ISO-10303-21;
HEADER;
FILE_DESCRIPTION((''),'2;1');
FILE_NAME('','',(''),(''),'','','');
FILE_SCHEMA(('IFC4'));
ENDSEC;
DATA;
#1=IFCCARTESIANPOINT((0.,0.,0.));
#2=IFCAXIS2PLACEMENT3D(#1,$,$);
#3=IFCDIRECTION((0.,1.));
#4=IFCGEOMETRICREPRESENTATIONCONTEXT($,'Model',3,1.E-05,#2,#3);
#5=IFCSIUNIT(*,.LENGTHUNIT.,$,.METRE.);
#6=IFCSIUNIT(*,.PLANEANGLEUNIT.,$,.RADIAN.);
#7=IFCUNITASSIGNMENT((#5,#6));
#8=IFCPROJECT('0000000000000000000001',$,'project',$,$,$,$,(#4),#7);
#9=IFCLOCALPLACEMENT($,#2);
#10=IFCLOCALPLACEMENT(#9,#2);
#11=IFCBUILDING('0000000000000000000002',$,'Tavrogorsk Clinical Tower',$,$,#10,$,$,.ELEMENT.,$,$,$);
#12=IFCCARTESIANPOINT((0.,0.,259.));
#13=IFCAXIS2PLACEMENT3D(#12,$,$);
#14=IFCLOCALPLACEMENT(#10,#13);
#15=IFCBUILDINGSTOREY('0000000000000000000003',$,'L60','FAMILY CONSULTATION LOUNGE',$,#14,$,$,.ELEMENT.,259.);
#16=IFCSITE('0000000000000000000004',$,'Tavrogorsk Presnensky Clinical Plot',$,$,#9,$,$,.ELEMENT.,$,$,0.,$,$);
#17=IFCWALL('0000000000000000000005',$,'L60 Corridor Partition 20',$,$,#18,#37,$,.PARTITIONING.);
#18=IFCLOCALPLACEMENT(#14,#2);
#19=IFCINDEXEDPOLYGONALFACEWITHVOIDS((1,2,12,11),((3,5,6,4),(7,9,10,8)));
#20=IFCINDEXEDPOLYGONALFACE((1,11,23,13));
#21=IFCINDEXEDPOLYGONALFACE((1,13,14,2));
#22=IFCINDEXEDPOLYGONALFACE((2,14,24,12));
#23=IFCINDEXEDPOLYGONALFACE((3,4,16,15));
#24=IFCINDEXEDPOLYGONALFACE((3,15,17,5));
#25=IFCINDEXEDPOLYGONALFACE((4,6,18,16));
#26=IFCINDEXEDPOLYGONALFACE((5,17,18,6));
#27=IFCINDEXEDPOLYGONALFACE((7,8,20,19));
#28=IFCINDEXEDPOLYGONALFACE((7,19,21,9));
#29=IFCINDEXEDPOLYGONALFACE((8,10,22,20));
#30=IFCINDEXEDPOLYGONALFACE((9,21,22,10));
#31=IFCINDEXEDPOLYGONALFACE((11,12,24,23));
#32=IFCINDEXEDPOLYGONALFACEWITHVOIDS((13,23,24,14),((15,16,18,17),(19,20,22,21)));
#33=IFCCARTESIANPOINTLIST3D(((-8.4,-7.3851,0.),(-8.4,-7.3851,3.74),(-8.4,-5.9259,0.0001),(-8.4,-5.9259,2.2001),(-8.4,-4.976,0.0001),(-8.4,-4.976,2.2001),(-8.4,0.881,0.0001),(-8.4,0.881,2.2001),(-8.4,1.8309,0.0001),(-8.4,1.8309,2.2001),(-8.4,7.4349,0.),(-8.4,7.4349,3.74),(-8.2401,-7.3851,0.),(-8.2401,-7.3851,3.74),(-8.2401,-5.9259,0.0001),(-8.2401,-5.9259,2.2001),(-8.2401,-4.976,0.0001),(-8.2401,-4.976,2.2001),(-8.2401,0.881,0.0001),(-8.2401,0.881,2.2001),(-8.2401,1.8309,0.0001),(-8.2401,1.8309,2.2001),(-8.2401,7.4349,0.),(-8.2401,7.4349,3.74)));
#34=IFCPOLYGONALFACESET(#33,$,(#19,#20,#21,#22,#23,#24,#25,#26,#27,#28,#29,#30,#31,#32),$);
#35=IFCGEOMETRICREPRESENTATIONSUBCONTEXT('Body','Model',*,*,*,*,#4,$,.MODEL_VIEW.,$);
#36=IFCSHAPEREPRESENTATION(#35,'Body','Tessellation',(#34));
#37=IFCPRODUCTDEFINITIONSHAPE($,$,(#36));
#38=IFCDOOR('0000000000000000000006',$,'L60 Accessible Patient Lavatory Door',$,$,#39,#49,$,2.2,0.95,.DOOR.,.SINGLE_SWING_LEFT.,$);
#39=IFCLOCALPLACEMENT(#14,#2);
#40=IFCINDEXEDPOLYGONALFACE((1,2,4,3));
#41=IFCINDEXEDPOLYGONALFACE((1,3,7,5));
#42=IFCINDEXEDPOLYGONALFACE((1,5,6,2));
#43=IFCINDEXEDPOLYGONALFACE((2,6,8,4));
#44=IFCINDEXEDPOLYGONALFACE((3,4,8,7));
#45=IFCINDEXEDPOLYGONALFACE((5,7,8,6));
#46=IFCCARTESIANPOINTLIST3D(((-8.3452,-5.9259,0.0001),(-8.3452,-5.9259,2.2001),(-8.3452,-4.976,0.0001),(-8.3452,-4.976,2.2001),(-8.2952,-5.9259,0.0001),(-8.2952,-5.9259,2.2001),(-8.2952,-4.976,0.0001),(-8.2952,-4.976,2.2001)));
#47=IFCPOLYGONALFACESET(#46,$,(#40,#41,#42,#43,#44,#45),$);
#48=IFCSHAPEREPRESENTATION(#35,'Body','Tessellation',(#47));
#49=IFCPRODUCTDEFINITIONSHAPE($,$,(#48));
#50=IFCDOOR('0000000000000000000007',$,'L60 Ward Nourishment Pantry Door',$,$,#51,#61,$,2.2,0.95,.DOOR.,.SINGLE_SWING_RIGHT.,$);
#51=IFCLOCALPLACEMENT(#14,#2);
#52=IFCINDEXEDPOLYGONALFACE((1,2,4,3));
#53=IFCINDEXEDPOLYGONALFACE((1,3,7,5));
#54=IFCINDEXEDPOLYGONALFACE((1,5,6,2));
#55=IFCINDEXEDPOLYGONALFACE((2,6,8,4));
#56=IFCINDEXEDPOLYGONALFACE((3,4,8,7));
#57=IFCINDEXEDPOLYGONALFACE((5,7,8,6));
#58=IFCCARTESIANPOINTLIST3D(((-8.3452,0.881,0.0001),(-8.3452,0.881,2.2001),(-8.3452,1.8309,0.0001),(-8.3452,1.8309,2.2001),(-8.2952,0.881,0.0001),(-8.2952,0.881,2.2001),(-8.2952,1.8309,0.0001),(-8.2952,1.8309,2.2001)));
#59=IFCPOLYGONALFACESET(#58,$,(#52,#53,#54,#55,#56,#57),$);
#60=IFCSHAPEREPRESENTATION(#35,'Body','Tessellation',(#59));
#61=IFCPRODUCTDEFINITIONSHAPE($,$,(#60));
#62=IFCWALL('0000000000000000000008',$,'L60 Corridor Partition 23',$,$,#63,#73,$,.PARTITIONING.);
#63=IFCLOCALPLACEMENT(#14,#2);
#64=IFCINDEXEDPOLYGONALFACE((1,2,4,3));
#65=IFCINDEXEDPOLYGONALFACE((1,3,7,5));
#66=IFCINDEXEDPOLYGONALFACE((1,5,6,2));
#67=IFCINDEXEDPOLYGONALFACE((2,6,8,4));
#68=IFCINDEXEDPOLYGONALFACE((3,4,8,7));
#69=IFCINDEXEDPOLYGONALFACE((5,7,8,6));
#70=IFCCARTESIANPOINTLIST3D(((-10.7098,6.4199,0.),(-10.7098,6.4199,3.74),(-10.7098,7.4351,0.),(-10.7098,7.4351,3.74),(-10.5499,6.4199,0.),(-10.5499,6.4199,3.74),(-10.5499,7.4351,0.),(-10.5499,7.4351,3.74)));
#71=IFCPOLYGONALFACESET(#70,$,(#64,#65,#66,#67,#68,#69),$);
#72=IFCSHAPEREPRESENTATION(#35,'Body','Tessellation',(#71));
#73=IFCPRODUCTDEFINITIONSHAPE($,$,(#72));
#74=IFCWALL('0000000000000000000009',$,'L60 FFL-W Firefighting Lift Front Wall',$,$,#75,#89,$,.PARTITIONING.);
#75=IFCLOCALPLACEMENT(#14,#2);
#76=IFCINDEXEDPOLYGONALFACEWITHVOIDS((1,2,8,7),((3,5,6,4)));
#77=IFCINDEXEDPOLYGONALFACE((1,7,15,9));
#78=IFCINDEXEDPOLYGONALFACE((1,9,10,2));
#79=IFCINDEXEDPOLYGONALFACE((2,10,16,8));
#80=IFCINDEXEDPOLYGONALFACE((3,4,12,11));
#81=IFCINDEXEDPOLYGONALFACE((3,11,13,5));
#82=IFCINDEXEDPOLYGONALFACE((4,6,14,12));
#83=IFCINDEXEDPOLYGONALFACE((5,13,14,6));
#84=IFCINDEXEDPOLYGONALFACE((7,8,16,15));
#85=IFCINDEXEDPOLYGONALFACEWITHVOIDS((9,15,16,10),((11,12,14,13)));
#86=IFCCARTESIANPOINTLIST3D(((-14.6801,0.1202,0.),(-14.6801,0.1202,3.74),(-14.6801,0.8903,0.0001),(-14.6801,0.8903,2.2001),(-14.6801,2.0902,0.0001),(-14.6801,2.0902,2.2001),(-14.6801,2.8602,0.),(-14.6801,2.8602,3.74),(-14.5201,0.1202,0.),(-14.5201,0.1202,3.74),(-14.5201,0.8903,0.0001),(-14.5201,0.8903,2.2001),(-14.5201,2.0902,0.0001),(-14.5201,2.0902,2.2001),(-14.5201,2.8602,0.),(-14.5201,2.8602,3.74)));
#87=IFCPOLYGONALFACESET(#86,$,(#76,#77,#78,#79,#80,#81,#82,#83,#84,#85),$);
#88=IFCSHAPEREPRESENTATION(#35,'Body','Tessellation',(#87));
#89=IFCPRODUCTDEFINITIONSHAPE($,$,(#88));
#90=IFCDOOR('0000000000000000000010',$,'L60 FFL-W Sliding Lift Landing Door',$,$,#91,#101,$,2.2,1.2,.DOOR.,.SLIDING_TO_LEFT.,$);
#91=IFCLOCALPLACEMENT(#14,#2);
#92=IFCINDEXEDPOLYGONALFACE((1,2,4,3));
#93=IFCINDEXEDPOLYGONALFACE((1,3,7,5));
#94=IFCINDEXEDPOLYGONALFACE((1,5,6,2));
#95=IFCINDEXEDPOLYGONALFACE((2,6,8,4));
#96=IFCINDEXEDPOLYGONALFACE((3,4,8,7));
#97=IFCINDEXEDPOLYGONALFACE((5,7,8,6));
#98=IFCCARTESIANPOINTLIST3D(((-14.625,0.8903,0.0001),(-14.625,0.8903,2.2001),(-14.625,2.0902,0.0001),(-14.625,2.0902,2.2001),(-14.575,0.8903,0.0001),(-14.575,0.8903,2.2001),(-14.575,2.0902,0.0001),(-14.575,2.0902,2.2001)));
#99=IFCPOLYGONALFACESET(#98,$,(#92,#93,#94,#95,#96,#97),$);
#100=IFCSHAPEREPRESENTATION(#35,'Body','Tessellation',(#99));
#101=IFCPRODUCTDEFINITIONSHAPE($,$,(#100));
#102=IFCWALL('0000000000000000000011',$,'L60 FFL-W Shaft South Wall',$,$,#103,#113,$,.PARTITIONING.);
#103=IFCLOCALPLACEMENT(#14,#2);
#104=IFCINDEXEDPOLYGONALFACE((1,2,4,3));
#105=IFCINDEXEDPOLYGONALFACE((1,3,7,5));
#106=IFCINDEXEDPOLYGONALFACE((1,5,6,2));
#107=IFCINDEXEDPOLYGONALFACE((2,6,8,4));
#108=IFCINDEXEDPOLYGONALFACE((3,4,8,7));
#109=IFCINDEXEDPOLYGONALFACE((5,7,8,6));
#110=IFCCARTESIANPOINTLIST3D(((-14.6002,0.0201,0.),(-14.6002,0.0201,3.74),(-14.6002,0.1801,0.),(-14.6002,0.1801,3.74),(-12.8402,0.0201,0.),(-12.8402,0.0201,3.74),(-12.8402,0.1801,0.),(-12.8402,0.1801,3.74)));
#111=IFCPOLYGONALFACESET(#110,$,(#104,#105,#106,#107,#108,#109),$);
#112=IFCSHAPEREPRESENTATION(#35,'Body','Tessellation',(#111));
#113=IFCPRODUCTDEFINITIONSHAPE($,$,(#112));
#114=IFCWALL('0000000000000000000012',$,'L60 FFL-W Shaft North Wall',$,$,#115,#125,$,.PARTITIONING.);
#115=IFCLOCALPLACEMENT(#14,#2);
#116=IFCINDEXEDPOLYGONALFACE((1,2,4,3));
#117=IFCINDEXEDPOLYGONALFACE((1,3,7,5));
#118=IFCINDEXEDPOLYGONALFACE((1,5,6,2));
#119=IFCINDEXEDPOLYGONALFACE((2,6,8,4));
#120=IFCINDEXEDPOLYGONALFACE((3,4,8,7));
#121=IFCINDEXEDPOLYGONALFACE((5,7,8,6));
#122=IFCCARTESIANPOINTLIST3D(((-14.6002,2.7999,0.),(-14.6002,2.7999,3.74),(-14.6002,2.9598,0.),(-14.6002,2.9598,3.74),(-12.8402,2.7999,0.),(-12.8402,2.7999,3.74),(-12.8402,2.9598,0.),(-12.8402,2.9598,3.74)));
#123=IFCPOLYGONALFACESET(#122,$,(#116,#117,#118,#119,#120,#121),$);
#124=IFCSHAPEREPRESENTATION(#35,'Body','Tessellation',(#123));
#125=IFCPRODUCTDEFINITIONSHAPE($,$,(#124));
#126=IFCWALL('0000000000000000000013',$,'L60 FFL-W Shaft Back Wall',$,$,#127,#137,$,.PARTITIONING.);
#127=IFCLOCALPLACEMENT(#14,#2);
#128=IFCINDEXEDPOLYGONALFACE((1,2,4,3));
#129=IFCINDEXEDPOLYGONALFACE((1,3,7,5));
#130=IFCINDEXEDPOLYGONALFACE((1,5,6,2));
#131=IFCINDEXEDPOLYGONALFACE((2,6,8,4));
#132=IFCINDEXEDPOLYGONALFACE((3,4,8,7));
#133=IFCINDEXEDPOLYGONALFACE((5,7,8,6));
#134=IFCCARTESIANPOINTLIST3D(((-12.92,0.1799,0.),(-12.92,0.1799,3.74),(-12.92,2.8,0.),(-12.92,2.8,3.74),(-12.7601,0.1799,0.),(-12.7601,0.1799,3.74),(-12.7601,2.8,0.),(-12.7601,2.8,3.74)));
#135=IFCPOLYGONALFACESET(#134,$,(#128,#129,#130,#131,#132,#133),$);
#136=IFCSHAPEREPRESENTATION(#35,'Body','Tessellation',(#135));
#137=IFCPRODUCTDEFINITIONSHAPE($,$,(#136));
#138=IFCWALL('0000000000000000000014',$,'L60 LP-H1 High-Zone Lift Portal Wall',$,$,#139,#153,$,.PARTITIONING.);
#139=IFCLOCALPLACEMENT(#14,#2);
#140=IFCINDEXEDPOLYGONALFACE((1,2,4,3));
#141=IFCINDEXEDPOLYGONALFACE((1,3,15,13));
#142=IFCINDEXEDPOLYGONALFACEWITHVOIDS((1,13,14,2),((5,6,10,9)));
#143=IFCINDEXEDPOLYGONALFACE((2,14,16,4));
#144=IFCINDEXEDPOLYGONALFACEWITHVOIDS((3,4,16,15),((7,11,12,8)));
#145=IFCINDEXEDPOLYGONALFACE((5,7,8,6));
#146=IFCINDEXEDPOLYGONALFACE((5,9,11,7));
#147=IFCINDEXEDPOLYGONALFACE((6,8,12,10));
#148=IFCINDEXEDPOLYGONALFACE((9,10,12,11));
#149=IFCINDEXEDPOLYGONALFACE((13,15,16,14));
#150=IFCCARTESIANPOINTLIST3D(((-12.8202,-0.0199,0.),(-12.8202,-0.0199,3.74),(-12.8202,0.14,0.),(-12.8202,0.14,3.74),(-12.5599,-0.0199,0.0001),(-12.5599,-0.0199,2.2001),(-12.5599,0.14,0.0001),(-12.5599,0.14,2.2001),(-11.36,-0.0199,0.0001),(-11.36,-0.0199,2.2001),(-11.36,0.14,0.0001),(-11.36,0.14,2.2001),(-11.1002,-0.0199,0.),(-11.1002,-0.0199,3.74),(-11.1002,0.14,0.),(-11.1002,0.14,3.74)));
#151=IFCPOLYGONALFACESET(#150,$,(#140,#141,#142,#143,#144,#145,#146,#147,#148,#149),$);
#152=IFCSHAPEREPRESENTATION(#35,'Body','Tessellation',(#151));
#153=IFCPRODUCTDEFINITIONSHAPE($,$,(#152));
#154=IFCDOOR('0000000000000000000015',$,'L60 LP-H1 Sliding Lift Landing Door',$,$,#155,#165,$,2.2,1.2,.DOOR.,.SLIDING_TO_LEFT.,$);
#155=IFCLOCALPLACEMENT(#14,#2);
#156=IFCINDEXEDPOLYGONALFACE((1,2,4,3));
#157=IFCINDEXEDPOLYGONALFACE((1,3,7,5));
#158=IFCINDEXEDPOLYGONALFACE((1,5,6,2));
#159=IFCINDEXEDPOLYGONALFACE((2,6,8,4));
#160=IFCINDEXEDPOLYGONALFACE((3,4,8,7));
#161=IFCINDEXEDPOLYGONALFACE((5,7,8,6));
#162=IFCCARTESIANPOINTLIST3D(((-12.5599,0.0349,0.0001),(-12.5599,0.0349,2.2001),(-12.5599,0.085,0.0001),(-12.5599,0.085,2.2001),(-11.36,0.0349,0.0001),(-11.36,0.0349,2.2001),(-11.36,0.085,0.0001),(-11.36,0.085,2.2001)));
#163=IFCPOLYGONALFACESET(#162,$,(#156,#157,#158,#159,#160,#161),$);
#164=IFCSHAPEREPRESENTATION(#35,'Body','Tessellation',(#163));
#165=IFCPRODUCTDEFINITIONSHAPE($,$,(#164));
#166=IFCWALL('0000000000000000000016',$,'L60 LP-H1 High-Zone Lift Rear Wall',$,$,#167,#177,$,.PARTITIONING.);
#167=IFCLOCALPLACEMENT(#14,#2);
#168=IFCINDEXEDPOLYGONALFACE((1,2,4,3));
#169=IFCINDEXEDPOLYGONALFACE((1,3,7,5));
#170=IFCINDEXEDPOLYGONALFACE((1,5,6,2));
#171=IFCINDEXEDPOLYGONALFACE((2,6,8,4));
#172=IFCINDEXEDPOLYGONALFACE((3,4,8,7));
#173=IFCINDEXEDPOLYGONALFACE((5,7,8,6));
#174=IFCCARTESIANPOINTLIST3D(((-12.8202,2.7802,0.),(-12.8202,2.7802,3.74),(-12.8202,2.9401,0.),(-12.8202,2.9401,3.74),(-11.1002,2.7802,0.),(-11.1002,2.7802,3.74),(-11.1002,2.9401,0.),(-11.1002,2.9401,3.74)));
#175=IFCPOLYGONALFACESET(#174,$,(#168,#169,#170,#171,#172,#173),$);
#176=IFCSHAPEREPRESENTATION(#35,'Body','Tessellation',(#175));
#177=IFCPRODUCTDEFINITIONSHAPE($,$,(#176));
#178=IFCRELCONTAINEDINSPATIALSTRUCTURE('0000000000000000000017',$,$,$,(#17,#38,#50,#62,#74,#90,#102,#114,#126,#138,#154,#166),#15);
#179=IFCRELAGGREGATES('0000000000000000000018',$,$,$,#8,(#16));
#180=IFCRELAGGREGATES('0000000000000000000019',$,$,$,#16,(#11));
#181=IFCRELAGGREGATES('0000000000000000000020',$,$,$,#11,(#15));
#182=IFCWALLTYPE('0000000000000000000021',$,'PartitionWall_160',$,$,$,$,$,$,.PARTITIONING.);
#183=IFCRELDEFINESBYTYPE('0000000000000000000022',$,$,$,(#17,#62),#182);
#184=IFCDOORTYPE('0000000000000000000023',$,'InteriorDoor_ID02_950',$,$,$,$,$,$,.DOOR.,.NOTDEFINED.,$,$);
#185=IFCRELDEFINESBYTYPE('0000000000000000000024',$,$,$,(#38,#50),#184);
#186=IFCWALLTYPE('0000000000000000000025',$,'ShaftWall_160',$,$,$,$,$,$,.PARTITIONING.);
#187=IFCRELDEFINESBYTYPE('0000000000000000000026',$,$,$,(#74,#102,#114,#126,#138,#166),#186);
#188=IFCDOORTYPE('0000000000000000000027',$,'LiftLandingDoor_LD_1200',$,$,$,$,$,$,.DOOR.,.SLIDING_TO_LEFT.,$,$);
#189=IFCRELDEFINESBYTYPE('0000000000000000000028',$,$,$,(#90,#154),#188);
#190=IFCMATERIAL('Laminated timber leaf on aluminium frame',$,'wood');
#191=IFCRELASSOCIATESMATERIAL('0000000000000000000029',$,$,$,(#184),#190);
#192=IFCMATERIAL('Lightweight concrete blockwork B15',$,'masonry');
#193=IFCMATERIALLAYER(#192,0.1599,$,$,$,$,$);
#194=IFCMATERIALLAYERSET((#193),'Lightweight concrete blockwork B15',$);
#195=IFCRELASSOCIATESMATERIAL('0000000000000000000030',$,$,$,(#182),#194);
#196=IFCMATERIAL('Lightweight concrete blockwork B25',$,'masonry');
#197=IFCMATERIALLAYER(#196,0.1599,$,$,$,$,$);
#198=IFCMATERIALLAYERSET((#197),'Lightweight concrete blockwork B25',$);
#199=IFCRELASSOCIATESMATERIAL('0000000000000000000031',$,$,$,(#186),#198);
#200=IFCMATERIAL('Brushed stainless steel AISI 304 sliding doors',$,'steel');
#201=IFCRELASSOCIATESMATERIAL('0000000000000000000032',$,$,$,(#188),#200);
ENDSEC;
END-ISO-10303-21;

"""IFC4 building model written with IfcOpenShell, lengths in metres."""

from ifc_helpers import new_model, si_unit, direction, frame, frame_2d, origin, place, context, subcontext, project, spatial, rectangle, extrude, material, layer, layer_set, type_object, element, fill, save


model = new_model("IFC4")

# Units and contexts
model_context = context("Model", 3, precision=1e-05, world=origin(), true_north=direction((0.0, 1.0)))
body_context = subcontext(model_context, "Body", "Model", "MODEL_VIEW")
ifc_project = project(units=[si_unit("LENGTHUNIT", "METRE"), si_unit("PLANEANGLEUNIT", "RADIAN")], contexts=[model_context])

# Site, building, storey
site_placement = place(None, origin())
site = spatial("IfcSite", under=ifc_project, at=site_placement, Name="Tavrogorsk Presnensky Clinical Plot", CompositionType="ELEMENT", RefElevation=0.0)
building_placement = place(site_placement, origin())
building = spatial("IfcBuilding", under=site, at=building_placement, Name="Tavrogorsk Clinical Tower", CompositionType="ELEMENT")
storey_placement = place(building_placement, frame((0.0, 0.0, 259.0)))
storey = spatial("IfcBuildingStorey", under=building, at=storey_placement, Name="L60", Description="FAMILY CONSULTATION LOUNGE", CompositionType="ELEMENT", Elevation=259.0)

# Shared definitions
ifc_material_1 = material(Name="Laminated timber leaf on aluminium frame", Category="wood")
door_type_1 = type_object("IfcDoorType", Name="InteriorDoor_ID02_950", OperationType="NOTDEFINED", PredefinedType="DOOR", material=ifc_material_1)

# Wall, openings, doors
ifc_material_2 = material(Name="Lightweight concrete blockwork B15", Category="masonry")
ifc_layer_1 = layer(ifc_material_2, 0.1599)
ifc_layer_set_1 = layer_set([ifc_layer_1], Name="Lightweight concrete blockwork B15")
wall_type_1 = type_object("IfcWallType", Name="PartitionWall_160", PredefinedType="PARTITIONING", material=ifc_layer_set_1)
wall_1_placement = place(storey_placement, frame((-8.3201, 7.4351, 0.0), z_axis=(0.0, 0.0, 1.0), x_axis=(0.0, -1.0, 0.0)))
wall_1 = element("IfcWall", 1, at=wall_1_placement, inside=storey, type_object=wall_type_1, Name="L60 Corridor Partition 20", PredefinedType="PARTITIONING", context=body_context, shape_type="SweptSolid", body=[
    extrude(rectangle(XDim=14.8201, YDim=0.1599, at=frame_2d((7.4102, 0.0))), origin(), (0.0, 0.0, 1.0), 3.74),
])
opening_1_placement = place(wall_1_placement, frame((12.4109, 0.0, 0.0)))
opening_1 = element("IfcOpeningElement", 2, at=opening_1_placement, cuts=wall_1, PredefinedType="OPENING", context=body_context, shape_type="SweptSolid", body=[
    extrude(rectangle(XDim=0.95, YDim=2.2, at=frame_2d((0.4751, 1.1001))), frame((0.0, 0.0898, 0.0), z_axis=(0.0, -1.0, 0.0), x_axis=(1.0, 0.0, 0.0)), (0.0, 0.0, 1.0), 0.1799),
])
opening_2_placement = place(wall_1_placement, frame((5.604, 0.0, 0.0)))
opening_2 = element("IfcOpeningElement", 3, at=opening_2_placement, cuts=wall_1, PredefinedType="OPENING", context=body_context, shape_type="SweptSolid", body=[
    extrude(rectangle(XDim=0.95, YDim=2.2, at=frame_2d((0.4751, 1.1001))), frame((0.0, 0.0898, 0.0), z_axis=(0.0, -1.0, 0.0), x_axis=(1.0, 0.0, 0.0)), (0.0, 0.0, 1.0), 0.1799),
])
door_1_placement = place(opening_1_placement, origin())
door_1 = element("IfcDoor", 4, at=door_1_placement, inside=storey, type_object=door_type_1, Name="L60 Accessible Patient Lavatory Door", OperationType="SINGLE_SWING_LEFT", OverallHeight=2.2, OverallWidth=0.95, PredefinedType="DOOR", context=body_context, shape_type="SweptSolid", body=[
    extrude(rectangle(XDim=0.95, YDim=2.2, at=frame_2d((0.4751, 1.1001))), frame((0.0, 0.0249, 0.0), z_axis=(0.0, -1.0, 0.0), x_axis=(1.0, 0.0, 0.0)), (0.0, 0.0, 1.0), 0.05),
])
fill(opening_1, door_1)
door_2_placement = place(opening_2_placement, origin())
door_2 = element("IfcDoor", 5, at=door_2_placement, inside=storey, type_object=door_type_1, Name="L60 Ward Nourishment Pantry Door", OperationType="SINGLE_SWING_RIGHT", OverallHeight=2.2, OverallWidth=0.95, PredefinedType="DOOR", context=body_context, shape_type="SweptSolid", body=[
    extrude(rectangle(XDim=0.95, YDim=2.2, at=frame_2d((0.4751, 1.1001))), frame((0.0, 0.0249, 0.0), z_axis=(0.0, -1.0, 0.0), x_axis=(1.0, 0.0, 0.0)), (0.0, 0.0, 1.0), 0.05),
])
fill(opening_2, door_2)

# Wall
wall_2_placement = place(storey_placement, frame((-10.6299, 6.4199, 0.0), z_axis=(0.0, 0.0, 1.0), x_axis=(0.0, 1.0, 0.0)))
element("IfcWall", 6, at=wall_2_placement, inside=storey, type_object=wall_type_1, Name="L60 Corridor Partition 23", PredefinedType="PARTITIONING", context=body_context, shape_type="SweptSolid", body=[
    extrude(rectangle(XDim=1.0151, YDim=0.1599, at=frame_2d((0.5076, 0.0))), origin(), (0.0, 0.0, 1.0), 3.74),
])

# Wall, opening, door
ifc_material_3 = material(Name="Lightweight concrete blockwork B25", Category="masonry")
ifc_layer_2 = layer(ifc_material_3, 0.1599)
ifc_layer_set_2 = layer_set([ifc_layer_2], Name="Lightweight concrete blockwork B25")
wall_type_2 = type_object("IfcWallType", Name="ShaftWall_160", PredefinedType="PARTITIONING", material=ifc_layer_set_2)
wall_3_placement = place(storey_placement, frame((-14.6001, 0.1201, 0.0), z_axis=(0.0, 0.0, 1.0), x_axis=(0.0, 1.0, 0.0)))
wall_3 = element("IfcWall", 7, at=wall_3_placement, inside=storey, type_object=wall_type_2, Name="L60 FFL-W Firefighting Lift Front Wall", PredefinedType="PARTITIONING", context=body_context, shape_type="SweptSolid", body=[
    extrude(rectangle(XDim=2.74, YDim=0.1599, at=frame_2d((1.3701, 0.0))), origin(), (0.0, 0.0, 1.0), 3.74),
])
opening_3_placement = place(wall_3_placement, frame((0.77, 0.0, 0.0)))
opening_3 = element("IfcOpeningElement", 8, at=opening_3_placement, cuts=wall_3, PredefinedType="OPENING", context=body_context, shape_type="SweptSolid", body=[
    extrude(rectangle(XDim=1.2, YDim=2.2, at=frame_2d((0.6001, 1.1001))), frame((0.0, 0.0898, 0.0), z_axis=(0.0, -1.0, 0.0), x_axis=(1.0, 0.0, 0.0)), (0.0, 0.0, 1.0), 0.1799),
])
ifc_material_4 = material(Name="Brushed stainless steel AISI 304 sliding doors", Category="steel")
door_type_2 = type_object("IfcDoorType", Name="LiftLandingDoor_LD_1200", OperationType="SLIDING_TO_LEFT", PredefinedType="DOOR", material=ifc_material_4)
door_3_placement = place(opening_3_placement, origin())
door_3 = element("IfcDoor", 9, at=door_3_placement, inside=storey, type_object=door_type_2, Name="L60 FFL-W Sliding Lift Landing Door", OperationType="SLIDING_TO_LEFT", OverallHeight=2.2, OverallWidth=1.2, PredefinedType="DOOR", context=body_context, shape_type="SweptSolid", body=[
    extrude(rectangle(XDim=1.2, YDim=2.2, at=frame_2d((0.6001, 1.1001))), frame((0.0, 0.0249, 0.0), z_axis=(0.0, -1.0, 0.0), x_axis=(1.0, 0.0, 0.0)), (0.0, 0.0, 1.0), 0.05),
])
fill(opening_3, door_3)

# Walls
for number, where, z_axis, x_axis, name in (
    (10, (-14.6001, 0.1001, 0.0), (0.0, 0.0, 1.0), (1.0, 0.0, 0.0), "L60 FFL-W Shaft South Wall"),
    (11, (-14.6001, 2.8799, 0.0), (0.0, 0.0, 1.0), (1.0, 0.0, 0.0), "L60 FFL-W Shaft North Wall"),
):
    element("IfcWall", number, at=place(storey_placement, frame(where, z_axis=z_axis, x_axis=x_axis)), inside=storey, type_object=wall_type_2, Name=name, PredefinedType="PARTITIONING", context=body_context, shape_type="SweptSolid", body=[
        extrude(rectangle(XDim=1.76, YDim=0.1599, at=frame_2d((0.8799, 0.0))), origin(), (0.0, 0.0, 1.0), 3.74),
    ])
wall_4_placement = place(storey_placement, frame((-12.8401, 0.1799, 0.0), z_axis=(0.0, 0.0, 1.0), x_axis=(0.0, 1.0, 0.0)))
element("IfcWall", 12, at=wall_4_placement, inside=storey, type_object=wall_type_2, Name="L60 FFL-W Shaft Back Wall", PredefinedType="PARTITIONING", context=body_context, shape_type="SweptSolid", body=[
    extrude(rectangle(XDim=2.6201, YDim=0.1599, at=frame_2d((1.3101, 0.0))), origin(), (0.0, 0.0, 1.0), 3.74),
])

# Wall, opening, door
wall_5_placement = place(storey_placement, frame((-12.8201, 0.0601, 0.0), z_axis=(0.0, 0.0, 1.0), x_axis=(1.0, 0.0, 0.0)))
wall_5 = element("IfcWall", 13, at=wall_5_placement, inside=storey, type_object=wall_type_2, Name="L60 LP-H1 High-Zone Lift Portal Wall", PredefinedType="PARTITIONING", context=body_context, shape_type="SweptSolid", body=[
    extrude(rectangle(XDim=1.72, YDim=0.1599, at=frame_2d((0.8599, 0.0))), origin(), (0.0, 0.0, 1.0), 3.74),
])
opening_4_placement = place(wall_5_placement, frame((0.26, 0.0, 0.0)))
opening_4 = element("IfcOpeningElement", 14, at=opening_4_placement, cuts=wall_5, PredefinedType="OPENING", context=body_context, shape_type="SweptSolid", body=[
    extrude(rectangle(XDim=1.2, YDim=2.2, at=frame_2d((0.6001, 1.1001))), frame((0.0, 0.0898, 0.0), z_axis=(0.0, -1.0, 0.0), x_axis=(1.0, 0.0, 0.0)), (0.0, 0.0, 1.0), 0.1799),
])
door_4_placement = place(opening_4_placement, origin())
door_4 = element("IfcDoor", 15, at=door_4_placement, inside=storey, type_object=door_type_2, Name="L60 LP-H1 Sliding Lift Landing Door", OperationType="SLIDING_TO_LEFT", OverallHeight=2.2, OverallWidth=1.2, PredefinedType="DOOR", context=body_context, shape_type="SweptSolid", body=[
    extrude(rectangle(XDim=1.2, YDim=2.2, at=frame_2d((0.6001, 1.1001))), frame((0.0, 0.0249, 0.0), z_axis=(0.0, -1.0, 0.0), x_axis=(1.0, 0.0, 0.0)), (0.0, 0.0, 1.0), 0.05),
])
fill(opening_4, door_4)

# Wall
wall_6_placement = place(storey_placement, frame((-12.8201, 2.8601, 0.0), z_axis=(0.0, 0.0, 1.0), x_axis=(1.0, 0.0, 0.0)))
element("IfcWall", 16, at=wall_6_placement, inside=storey, type_object=wall_type_2, Name="L60 LP-H1 High-Zone Lift Rear Wall", PredefinedType="PARTITIONING", context=body_context, shape_type="SweptSolid", body=[
    extrude(rectangle(XDim=1.72, YDim=0.1599, at=frame_2d((0.8599, 0.0))), origin(), (0.0, 0.0, 1.0), 3.74),
])

save(model, "model.ifc")
